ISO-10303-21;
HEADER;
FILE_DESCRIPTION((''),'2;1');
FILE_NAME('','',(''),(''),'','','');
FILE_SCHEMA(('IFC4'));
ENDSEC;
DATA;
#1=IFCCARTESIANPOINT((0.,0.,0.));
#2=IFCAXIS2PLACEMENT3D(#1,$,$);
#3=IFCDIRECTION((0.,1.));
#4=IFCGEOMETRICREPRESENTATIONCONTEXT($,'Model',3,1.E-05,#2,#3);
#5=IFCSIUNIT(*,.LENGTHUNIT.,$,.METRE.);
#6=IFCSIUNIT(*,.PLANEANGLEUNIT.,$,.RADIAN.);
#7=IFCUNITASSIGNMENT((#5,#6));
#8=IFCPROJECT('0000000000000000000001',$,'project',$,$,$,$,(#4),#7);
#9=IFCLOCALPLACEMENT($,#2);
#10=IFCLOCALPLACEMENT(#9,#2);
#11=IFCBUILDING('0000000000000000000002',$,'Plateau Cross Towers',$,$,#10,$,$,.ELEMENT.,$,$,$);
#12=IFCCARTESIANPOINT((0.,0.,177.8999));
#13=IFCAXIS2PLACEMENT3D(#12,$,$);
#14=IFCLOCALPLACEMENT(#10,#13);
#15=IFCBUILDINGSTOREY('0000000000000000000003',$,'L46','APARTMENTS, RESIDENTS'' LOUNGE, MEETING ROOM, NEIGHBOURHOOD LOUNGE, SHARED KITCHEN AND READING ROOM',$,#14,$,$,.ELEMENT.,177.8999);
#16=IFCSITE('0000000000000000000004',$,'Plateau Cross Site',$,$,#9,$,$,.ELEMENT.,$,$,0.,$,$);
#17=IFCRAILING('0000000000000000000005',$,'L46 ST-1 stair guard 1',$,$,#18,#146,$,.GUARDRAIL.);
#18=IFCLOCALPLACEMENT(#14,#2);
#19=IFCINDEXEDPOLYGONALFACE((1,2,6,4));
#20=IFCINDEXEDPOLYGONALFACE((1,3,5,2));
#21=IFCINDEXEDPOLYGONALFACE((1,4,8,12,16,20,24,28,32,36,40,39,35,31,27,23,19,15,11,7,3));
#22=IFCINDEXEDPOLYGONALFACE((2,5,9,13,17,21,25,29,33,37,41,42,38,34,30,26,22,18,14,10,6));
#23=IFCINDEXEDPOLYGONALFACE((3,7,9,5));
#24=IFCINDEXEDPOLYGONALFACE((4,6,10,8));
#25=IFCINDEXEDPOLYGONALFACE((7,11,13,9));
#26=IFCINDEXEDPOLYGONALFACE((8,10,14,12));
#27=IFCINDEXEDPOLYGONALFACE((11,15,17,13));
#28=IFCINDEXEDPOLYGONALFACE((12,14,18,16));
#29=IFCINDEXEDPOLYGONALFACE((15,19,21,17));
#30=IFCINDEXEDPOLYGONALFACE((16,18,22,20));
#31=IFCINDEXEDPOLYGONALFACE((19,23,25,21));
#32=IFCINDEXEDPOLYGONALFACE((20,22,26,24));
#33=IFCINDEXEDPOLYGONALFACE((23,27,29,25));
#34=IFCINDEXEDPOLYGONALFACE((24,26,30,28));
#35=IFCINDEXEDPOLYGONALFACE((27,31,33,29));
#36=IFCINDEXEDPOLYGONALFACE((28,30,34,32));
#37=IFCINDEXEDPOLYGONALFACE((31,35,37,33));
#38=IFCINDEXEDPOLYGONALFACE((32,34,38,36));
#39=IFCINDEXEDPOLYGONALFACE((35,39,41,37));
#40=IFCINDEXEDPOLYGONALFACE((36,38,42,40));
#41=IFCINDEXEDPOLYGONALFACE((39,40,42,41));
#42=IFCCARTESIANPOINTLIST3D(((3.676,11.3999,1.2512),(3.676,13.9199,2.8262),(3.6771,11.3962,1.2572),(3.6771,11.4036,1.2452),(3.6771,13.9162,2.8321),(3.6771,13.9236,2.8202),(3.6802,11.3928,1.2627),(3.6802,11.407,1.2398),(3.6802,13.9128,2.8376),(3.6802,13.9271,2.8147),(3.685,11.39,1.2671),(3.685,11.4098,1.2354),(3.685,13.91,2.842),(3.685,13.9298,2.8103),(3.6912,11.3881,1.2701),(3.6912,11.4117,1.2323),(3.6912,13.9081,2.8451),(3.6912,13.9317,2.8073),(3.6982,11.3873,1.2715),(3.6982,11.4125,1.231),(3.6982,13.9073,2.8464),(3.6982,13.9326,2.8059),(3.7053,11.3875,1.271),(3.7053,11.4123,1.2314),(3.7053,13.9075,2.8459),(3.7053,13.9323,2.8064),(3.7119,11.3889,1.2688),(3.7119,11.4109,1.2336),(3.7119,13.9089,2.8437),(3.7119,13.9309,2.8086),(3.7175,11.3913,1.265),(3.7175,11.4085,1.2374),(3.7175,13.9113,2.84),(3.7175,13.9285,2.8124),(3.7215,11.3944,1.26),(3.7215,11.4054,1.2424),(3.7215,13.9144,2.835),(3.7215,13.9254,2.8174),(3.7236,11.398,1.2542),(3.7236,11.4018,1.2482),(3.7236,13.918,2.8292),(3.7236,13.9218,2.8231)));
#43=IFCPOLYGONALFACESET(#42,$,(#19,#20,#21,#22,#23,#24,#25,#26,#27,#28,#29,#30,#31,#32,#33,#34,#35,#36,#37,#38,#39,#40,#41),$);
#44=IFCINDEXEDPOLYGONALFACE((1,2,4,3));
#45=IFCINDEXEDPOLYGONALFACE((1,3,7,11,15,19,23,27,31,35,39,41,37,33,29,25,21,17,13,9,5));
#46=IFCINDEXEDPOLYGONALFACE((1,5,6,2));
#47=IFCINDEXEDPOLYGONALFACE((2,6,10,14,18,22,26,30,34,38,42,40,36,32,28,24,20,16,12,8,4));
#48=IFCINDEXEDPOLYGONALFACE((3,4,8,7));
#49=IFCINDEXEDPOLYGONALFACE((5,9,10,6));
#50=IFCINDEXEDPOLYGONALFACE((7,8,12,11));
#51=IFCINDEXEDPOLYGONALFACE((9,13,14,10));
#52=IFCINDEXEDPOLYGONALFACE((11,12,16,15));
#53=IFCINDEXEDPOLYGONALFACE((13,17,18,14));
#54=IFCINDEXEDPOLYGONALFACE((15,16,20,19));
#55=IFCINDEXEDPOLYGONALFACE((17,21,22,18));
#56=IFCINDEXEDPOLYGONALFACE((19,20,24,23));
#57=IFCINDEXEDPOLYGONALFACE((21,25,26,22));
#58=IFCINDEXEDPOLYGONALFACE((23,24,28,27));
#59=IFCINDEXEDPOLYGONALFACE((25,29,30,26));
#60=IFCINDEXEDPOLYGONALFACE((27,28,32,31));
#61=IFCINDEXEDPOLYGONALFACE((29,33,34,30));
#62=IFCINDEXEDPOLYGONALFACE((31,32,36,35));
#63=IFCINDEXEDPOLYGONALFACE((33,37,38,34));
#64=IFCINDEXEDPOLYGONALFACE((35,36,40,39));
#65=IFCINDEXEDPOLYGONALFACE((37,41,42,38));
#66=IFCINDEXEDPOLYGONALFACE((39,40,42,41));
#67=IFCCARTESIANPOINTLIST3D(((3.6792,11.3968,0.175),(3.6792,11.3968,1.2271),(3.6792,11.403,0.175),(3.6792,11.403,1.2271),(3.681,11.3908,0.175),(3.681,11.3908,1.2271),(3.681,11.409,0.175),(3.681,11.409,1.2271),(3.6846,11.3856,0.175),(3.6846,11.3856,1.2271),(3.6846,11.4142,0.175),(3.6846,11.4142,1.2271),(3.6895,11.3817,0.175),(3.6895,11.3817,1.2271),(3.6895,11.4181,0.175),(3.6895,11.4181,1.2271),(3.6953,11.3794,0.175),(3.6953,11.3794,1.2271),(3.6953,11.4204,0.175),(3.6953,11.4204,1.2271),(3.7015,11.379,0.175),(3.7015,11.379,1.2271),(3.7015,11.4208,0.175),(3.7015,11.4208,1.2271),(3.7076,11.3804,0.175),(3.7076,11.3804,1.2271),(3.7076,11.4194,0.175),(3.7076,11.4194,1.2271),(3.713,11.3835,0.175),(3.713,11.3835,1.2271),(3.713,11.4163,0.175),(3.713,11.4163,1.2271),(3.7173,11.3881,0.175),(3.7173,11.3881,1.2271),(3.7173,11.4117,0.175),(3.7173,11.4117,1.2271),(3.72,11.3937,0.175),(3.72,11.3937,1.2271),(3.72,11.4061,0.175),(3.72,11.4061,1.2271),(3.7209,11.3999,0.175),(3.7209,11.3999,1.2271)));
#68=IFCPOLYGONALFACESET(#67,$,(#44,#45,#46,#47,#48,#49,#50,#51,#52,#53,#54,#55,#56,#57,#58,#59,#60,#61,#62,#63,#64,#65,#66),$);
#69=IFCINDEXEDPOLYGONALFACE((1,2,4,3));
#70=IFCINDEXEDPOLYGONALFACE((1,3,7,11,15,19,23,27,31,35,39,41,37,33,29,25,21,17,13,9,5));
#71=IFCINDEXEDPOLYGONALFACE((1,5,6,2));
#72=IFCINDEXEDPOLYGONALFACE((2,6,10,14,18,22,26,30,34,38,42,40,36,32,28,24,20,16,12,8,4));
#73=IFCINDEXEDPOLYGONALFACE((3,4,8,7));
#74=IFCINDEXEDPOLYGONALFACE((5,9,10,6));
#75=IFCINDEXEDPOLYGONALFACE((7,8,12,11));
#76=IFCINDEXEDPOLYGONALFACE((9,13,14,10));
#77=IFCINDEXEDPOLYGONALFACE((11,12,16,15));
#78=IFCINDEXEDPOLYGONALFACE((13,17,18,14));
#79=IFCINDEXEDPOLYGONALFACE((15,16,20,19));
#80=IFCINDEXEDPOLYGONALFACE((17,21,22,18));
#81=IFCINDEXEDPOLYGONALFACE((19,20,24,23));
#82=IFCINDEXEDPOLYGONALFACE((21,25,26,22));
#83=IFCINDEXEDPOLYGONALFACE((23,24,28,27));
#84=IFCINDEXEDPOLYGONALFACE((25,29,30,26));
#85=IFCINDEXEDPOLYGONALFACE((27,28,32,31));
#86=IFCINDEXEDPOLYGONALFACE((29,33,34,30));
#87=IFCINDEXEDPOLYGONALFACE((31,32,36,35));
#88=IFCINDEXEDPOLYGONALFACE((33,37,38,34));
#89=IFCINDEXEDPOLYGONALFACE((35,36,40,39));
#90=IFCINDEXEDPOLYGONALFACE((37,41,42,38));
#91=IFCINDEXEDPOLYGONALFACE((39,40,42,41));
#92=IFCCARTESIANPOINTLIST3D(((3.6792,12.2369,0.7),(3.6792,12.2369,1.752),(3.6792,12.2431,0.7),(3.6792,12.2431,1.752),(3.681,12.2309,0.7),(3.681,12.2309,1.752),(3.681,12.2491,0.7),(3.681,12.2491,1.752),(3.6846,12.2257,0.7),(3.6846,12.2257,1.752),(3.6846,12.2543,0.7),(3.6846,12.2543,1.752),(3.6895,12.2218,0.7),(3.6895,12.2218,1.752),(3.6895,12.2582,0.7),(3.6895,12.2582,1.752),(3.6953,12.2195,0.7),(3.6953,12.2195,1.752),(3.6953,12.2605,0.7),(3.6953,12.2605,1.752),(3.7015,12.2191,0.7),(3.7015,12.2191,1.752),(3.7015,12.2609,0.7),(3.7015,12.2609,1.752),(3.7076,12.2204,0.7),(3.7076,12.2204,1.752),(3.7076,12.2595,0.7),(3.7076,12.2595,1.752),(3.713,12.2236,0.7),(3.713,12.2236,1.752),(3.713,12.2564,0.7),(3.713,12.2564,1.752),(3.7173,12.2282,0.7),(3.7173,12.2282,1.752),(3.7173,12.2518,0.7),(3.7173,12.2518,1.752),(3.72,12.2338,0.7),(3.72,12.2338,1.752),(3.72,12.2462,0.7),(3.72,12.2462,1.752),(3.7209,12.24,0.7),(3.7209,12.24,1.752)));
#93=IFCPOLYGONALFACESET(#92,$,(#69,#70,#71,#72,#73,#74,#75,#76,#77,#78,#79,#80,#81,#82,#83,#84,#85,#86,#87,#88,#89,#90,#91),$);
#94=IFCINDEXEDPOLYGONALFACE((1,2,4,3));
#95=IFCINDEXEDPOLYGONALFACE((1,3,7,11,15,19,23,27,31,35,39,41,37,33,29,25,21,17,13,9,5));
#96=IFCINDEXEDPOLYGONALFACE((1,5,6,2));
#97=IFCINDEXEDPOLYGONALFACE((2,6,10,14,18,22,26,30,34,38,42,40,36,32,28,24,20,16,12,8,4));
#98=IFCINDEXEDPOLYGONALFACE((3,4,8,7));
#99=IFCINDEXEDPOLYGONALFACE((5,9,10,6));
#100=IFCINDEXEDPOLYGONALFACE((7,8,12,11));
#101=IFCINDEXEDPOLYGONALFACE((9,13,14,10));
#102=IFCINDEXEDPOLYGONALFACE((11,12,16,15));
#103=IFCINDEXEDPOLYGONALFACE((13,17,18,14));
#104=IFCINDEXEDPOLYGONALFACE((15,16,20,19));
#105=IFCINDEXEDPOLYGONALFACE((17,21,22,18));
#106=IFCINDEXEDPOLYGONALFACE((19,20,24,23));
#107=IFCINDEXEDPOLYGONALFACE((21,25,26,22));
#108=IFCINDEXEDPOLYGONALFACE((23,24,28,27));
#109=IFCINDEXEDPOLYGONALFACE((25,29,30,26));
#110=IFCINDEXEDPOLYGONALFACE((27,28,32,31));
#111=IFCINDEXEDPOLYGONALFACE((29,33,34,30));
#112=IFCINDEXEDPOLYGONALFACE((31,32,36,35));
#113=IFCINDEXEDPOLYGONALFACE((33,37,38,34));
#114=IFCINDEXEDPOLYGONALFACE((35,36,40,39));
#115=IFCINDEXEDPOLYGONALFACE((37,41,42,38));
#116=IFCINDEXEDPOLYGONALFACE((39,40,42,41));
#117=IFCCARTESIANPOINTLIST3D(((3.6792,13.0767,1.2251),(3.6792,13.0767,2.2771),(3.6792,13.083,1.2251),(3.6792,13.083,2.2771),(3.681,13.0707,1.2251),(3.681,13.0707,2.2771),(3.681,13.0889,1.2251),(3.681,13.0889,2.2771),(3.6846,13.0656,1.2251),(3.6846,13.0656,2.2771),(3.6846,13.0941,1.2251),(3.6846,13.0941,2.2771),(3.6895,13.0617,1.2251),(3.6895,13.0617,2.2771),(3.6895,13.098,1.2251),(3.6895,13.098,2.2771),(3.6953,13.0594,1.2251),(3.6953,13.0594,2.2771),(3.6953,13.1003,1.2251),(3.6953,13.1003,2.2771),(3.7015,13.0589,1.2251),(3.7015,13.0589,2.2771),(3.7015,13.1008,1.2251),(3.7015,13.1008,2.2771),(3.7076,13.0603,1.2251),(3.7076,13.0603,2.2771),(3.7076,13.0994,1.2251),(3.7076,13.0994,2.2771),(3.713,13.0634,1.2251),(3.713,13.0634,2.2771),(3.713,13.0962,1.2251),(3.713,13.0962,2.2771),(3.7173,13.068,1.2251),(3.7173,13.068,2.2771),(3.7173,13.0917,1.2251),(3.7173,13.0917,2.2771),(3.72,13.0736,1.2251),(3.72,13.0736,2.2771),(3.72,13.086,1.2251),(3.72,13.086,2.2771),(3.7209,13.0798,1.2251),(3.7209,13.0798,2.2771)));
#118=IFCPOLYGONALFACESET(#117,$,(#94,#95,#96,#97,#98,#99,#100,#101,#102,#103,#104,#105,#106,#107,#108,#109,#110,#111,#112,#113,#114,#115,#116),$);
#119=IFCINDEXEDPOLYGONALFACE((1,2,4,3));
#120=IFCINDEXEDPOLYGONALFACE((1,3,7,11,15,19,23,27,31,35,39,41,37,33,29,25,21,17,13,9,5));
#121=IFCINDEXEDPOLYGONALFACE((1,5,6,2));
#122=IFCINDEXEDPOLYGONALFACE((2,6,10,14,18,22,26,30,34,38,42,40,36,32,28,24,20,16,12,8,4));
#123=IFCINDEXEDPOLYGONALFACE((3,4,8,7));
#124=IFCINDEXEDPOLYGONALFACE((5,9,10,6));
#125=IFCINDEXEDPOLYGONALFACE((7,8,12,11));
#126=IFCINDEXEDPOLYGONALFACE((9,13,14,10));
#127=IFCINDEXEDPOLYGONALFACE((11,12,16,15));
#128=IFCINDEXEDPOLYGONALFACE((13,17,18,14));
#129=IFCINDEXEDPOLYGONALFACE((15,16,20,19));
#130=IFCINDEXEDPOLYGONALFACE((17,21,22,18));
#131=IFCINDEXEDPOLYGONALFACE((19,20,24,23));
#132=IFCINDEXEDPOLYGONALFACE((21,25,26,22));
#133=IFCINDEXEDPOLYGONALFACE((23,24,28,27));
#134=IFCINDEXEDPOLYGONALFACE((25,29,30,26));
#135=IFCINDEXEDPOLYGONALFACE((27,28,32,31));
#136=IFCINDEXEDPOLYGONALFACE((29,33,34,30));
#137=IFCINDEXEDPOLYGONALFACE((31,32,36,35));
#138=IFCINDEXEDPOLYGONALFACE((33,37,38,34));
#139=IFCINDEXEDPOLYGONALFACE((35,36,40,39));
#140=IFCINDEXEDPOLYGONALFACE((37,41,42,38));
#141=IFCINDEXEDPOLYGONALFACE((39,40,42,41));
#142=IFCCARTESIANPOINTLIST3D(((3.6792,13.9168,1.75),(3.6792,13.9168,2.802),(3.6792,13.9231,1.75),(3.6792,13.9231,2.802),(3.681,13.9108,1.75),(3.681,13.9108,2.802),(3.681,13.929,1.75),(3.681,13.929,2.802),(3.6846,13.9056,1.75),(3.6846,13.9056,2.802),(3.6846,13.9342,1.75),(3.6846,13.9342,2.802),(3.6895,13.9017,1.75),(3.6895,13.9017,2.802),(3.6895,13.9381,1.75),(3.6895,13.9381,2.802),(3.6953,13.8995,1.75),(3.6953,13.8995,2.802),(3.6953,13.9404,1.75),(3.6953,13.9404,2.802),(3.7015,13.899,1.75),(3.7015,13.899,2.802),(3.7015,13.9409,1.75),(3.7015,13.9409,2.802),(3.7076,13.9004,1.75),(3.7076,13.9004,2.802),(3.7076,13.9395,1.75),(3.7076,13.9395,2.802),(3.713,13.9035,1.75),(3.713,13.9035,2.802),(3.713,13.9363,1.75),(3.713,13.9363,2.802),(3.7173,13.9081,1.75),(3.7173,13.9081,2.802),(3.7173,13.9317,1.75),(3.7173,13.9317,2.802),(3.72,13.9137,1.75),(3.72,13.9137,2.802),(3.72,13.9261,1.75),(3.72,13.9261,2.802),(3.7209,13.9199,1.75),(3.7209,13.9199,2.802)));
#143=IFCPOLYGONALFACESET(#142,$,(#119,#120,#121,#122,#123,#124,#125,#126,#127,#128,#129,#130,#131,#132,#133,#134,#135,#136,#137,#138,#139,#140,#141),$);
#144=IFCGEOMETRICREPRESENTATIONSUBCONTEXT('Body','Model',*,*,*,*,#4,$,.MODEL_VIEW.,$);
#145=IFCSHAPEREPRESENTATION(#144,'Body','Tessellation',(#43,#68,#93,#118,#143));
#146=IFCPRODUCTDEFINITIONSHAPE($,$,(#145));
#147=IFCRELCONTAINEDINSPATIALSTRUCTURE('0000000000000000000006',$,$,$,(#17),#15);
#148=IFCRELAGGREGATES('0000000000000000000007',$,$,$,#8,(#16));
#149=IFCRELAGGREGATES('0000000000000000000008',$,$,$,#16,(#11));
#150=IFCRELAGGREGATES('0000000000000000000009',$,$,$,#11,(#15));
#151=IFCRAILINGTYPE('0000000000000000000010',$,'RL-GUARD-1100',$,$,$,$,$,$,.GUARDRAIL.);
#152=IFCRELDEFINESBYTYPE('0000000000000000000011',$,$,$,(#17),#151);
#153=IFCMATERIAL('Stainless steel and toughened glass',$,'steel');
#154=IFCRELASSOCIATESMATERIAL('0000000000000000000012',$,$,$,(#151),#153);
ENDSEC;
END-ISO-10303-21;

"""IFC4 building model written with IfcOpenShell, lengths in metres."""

from ifc_helpers import new_model, si_unit, direction, frame, origin, origin_2d, place, context, subcontext, project, spatial, circle, extrude, material, type_object, element, save


model = new_model("IFC4")

# Units and contexts
model_context = context("Model", 3, precision=1e-05, world=origin(), true_north=direction((0.0, 1.0)))
body_context = subcontext(model_context, "Body", "Model", "MODEL_VIEW")
ifc_project = project(units=[si_unit("LENGTHUNIT", "METRE"), si_unit("PLANEANGLEUNIT", "RADIAN")], contexts=[model_context])

# Site, building, storey
site_placement = place(None, origin())
site = spatial("IfcSite", under=ifc_project, at=site_placement, Name="Plateau Cross Site", CompositionType="ELEMENT", RefElevation=0.0)
building_placement = place(site_placement, origin())
building = spatial("IfcBuilding", under=site, at=building_placement, Name="Plateau Cross Towers", CompositionType="ELEMENT")
storey_placement = place(building_placement, frame((0.0, 0.0, 177.8999)))
storey = spatial("IfcBuildingStorey", under=building, at=storey_placement, Name="L46", Description="APARTMENTS, RESIDENTS' LOUNGE, MEETING ROOM, NEIGHBOURHOOD LOUNGE, SHARED KITCHEN AND READING ROOM", CompositionType="ELEMENT", Elevation=177.8999)

# Railing
ifc_material_1 = material(Name="Stainless steel and toughened glass", Category="steel")
railing_type_1 = type_object("IfcRailingType", Name="RL-GUARD-1100", PredefinedType="GUARDRAIL", material=ifc_material_1)
railing_1_placement = place(storey_placement, frame((3.7, 11.3999, 0.175)))
element("IfcRailing", 1, at=railing_1_placement, inside=storey, type_object=railing_type_1, Name="L46 ST-1 stair guard 1", PredefinedType="GUARDRAIL", context=body_context, shape_type="SweptSolid", body=[
    extrude(circle(Radius=0.0239, at=origin_2d()), frame((0.0, 0.0, 1.0762), z_axis=(0.0, 0.848008, 0.529984), x_axis=(-1.0, 0.0, 0.0)), (0.0, 0.0, 1.0), 2.9717),
    extrude(circle(Radius=0.021, at=origin_2d()), origin(), (0.0, 0.0, 1.0), 1.052),
    extrude(circle(Radius=0.021, at=origin_2d()), frame((0.0, 0.8401, 0.5249)), (0.0, 0.0, 1.0), 1.052),
    extrude(circle(Radius=0.021, at=origin_2d()), frame((0.0, 1.6799, 1.05)), (0.0, 0.0, 1.0), 1.052),
    extrude(circle(Radius=0.021, at=origin_2d()), frame((0.0, 2.52, 1.575)), (0.0, 0.0, 1.0), 1.052),
])

save(model, "model.ifc")
